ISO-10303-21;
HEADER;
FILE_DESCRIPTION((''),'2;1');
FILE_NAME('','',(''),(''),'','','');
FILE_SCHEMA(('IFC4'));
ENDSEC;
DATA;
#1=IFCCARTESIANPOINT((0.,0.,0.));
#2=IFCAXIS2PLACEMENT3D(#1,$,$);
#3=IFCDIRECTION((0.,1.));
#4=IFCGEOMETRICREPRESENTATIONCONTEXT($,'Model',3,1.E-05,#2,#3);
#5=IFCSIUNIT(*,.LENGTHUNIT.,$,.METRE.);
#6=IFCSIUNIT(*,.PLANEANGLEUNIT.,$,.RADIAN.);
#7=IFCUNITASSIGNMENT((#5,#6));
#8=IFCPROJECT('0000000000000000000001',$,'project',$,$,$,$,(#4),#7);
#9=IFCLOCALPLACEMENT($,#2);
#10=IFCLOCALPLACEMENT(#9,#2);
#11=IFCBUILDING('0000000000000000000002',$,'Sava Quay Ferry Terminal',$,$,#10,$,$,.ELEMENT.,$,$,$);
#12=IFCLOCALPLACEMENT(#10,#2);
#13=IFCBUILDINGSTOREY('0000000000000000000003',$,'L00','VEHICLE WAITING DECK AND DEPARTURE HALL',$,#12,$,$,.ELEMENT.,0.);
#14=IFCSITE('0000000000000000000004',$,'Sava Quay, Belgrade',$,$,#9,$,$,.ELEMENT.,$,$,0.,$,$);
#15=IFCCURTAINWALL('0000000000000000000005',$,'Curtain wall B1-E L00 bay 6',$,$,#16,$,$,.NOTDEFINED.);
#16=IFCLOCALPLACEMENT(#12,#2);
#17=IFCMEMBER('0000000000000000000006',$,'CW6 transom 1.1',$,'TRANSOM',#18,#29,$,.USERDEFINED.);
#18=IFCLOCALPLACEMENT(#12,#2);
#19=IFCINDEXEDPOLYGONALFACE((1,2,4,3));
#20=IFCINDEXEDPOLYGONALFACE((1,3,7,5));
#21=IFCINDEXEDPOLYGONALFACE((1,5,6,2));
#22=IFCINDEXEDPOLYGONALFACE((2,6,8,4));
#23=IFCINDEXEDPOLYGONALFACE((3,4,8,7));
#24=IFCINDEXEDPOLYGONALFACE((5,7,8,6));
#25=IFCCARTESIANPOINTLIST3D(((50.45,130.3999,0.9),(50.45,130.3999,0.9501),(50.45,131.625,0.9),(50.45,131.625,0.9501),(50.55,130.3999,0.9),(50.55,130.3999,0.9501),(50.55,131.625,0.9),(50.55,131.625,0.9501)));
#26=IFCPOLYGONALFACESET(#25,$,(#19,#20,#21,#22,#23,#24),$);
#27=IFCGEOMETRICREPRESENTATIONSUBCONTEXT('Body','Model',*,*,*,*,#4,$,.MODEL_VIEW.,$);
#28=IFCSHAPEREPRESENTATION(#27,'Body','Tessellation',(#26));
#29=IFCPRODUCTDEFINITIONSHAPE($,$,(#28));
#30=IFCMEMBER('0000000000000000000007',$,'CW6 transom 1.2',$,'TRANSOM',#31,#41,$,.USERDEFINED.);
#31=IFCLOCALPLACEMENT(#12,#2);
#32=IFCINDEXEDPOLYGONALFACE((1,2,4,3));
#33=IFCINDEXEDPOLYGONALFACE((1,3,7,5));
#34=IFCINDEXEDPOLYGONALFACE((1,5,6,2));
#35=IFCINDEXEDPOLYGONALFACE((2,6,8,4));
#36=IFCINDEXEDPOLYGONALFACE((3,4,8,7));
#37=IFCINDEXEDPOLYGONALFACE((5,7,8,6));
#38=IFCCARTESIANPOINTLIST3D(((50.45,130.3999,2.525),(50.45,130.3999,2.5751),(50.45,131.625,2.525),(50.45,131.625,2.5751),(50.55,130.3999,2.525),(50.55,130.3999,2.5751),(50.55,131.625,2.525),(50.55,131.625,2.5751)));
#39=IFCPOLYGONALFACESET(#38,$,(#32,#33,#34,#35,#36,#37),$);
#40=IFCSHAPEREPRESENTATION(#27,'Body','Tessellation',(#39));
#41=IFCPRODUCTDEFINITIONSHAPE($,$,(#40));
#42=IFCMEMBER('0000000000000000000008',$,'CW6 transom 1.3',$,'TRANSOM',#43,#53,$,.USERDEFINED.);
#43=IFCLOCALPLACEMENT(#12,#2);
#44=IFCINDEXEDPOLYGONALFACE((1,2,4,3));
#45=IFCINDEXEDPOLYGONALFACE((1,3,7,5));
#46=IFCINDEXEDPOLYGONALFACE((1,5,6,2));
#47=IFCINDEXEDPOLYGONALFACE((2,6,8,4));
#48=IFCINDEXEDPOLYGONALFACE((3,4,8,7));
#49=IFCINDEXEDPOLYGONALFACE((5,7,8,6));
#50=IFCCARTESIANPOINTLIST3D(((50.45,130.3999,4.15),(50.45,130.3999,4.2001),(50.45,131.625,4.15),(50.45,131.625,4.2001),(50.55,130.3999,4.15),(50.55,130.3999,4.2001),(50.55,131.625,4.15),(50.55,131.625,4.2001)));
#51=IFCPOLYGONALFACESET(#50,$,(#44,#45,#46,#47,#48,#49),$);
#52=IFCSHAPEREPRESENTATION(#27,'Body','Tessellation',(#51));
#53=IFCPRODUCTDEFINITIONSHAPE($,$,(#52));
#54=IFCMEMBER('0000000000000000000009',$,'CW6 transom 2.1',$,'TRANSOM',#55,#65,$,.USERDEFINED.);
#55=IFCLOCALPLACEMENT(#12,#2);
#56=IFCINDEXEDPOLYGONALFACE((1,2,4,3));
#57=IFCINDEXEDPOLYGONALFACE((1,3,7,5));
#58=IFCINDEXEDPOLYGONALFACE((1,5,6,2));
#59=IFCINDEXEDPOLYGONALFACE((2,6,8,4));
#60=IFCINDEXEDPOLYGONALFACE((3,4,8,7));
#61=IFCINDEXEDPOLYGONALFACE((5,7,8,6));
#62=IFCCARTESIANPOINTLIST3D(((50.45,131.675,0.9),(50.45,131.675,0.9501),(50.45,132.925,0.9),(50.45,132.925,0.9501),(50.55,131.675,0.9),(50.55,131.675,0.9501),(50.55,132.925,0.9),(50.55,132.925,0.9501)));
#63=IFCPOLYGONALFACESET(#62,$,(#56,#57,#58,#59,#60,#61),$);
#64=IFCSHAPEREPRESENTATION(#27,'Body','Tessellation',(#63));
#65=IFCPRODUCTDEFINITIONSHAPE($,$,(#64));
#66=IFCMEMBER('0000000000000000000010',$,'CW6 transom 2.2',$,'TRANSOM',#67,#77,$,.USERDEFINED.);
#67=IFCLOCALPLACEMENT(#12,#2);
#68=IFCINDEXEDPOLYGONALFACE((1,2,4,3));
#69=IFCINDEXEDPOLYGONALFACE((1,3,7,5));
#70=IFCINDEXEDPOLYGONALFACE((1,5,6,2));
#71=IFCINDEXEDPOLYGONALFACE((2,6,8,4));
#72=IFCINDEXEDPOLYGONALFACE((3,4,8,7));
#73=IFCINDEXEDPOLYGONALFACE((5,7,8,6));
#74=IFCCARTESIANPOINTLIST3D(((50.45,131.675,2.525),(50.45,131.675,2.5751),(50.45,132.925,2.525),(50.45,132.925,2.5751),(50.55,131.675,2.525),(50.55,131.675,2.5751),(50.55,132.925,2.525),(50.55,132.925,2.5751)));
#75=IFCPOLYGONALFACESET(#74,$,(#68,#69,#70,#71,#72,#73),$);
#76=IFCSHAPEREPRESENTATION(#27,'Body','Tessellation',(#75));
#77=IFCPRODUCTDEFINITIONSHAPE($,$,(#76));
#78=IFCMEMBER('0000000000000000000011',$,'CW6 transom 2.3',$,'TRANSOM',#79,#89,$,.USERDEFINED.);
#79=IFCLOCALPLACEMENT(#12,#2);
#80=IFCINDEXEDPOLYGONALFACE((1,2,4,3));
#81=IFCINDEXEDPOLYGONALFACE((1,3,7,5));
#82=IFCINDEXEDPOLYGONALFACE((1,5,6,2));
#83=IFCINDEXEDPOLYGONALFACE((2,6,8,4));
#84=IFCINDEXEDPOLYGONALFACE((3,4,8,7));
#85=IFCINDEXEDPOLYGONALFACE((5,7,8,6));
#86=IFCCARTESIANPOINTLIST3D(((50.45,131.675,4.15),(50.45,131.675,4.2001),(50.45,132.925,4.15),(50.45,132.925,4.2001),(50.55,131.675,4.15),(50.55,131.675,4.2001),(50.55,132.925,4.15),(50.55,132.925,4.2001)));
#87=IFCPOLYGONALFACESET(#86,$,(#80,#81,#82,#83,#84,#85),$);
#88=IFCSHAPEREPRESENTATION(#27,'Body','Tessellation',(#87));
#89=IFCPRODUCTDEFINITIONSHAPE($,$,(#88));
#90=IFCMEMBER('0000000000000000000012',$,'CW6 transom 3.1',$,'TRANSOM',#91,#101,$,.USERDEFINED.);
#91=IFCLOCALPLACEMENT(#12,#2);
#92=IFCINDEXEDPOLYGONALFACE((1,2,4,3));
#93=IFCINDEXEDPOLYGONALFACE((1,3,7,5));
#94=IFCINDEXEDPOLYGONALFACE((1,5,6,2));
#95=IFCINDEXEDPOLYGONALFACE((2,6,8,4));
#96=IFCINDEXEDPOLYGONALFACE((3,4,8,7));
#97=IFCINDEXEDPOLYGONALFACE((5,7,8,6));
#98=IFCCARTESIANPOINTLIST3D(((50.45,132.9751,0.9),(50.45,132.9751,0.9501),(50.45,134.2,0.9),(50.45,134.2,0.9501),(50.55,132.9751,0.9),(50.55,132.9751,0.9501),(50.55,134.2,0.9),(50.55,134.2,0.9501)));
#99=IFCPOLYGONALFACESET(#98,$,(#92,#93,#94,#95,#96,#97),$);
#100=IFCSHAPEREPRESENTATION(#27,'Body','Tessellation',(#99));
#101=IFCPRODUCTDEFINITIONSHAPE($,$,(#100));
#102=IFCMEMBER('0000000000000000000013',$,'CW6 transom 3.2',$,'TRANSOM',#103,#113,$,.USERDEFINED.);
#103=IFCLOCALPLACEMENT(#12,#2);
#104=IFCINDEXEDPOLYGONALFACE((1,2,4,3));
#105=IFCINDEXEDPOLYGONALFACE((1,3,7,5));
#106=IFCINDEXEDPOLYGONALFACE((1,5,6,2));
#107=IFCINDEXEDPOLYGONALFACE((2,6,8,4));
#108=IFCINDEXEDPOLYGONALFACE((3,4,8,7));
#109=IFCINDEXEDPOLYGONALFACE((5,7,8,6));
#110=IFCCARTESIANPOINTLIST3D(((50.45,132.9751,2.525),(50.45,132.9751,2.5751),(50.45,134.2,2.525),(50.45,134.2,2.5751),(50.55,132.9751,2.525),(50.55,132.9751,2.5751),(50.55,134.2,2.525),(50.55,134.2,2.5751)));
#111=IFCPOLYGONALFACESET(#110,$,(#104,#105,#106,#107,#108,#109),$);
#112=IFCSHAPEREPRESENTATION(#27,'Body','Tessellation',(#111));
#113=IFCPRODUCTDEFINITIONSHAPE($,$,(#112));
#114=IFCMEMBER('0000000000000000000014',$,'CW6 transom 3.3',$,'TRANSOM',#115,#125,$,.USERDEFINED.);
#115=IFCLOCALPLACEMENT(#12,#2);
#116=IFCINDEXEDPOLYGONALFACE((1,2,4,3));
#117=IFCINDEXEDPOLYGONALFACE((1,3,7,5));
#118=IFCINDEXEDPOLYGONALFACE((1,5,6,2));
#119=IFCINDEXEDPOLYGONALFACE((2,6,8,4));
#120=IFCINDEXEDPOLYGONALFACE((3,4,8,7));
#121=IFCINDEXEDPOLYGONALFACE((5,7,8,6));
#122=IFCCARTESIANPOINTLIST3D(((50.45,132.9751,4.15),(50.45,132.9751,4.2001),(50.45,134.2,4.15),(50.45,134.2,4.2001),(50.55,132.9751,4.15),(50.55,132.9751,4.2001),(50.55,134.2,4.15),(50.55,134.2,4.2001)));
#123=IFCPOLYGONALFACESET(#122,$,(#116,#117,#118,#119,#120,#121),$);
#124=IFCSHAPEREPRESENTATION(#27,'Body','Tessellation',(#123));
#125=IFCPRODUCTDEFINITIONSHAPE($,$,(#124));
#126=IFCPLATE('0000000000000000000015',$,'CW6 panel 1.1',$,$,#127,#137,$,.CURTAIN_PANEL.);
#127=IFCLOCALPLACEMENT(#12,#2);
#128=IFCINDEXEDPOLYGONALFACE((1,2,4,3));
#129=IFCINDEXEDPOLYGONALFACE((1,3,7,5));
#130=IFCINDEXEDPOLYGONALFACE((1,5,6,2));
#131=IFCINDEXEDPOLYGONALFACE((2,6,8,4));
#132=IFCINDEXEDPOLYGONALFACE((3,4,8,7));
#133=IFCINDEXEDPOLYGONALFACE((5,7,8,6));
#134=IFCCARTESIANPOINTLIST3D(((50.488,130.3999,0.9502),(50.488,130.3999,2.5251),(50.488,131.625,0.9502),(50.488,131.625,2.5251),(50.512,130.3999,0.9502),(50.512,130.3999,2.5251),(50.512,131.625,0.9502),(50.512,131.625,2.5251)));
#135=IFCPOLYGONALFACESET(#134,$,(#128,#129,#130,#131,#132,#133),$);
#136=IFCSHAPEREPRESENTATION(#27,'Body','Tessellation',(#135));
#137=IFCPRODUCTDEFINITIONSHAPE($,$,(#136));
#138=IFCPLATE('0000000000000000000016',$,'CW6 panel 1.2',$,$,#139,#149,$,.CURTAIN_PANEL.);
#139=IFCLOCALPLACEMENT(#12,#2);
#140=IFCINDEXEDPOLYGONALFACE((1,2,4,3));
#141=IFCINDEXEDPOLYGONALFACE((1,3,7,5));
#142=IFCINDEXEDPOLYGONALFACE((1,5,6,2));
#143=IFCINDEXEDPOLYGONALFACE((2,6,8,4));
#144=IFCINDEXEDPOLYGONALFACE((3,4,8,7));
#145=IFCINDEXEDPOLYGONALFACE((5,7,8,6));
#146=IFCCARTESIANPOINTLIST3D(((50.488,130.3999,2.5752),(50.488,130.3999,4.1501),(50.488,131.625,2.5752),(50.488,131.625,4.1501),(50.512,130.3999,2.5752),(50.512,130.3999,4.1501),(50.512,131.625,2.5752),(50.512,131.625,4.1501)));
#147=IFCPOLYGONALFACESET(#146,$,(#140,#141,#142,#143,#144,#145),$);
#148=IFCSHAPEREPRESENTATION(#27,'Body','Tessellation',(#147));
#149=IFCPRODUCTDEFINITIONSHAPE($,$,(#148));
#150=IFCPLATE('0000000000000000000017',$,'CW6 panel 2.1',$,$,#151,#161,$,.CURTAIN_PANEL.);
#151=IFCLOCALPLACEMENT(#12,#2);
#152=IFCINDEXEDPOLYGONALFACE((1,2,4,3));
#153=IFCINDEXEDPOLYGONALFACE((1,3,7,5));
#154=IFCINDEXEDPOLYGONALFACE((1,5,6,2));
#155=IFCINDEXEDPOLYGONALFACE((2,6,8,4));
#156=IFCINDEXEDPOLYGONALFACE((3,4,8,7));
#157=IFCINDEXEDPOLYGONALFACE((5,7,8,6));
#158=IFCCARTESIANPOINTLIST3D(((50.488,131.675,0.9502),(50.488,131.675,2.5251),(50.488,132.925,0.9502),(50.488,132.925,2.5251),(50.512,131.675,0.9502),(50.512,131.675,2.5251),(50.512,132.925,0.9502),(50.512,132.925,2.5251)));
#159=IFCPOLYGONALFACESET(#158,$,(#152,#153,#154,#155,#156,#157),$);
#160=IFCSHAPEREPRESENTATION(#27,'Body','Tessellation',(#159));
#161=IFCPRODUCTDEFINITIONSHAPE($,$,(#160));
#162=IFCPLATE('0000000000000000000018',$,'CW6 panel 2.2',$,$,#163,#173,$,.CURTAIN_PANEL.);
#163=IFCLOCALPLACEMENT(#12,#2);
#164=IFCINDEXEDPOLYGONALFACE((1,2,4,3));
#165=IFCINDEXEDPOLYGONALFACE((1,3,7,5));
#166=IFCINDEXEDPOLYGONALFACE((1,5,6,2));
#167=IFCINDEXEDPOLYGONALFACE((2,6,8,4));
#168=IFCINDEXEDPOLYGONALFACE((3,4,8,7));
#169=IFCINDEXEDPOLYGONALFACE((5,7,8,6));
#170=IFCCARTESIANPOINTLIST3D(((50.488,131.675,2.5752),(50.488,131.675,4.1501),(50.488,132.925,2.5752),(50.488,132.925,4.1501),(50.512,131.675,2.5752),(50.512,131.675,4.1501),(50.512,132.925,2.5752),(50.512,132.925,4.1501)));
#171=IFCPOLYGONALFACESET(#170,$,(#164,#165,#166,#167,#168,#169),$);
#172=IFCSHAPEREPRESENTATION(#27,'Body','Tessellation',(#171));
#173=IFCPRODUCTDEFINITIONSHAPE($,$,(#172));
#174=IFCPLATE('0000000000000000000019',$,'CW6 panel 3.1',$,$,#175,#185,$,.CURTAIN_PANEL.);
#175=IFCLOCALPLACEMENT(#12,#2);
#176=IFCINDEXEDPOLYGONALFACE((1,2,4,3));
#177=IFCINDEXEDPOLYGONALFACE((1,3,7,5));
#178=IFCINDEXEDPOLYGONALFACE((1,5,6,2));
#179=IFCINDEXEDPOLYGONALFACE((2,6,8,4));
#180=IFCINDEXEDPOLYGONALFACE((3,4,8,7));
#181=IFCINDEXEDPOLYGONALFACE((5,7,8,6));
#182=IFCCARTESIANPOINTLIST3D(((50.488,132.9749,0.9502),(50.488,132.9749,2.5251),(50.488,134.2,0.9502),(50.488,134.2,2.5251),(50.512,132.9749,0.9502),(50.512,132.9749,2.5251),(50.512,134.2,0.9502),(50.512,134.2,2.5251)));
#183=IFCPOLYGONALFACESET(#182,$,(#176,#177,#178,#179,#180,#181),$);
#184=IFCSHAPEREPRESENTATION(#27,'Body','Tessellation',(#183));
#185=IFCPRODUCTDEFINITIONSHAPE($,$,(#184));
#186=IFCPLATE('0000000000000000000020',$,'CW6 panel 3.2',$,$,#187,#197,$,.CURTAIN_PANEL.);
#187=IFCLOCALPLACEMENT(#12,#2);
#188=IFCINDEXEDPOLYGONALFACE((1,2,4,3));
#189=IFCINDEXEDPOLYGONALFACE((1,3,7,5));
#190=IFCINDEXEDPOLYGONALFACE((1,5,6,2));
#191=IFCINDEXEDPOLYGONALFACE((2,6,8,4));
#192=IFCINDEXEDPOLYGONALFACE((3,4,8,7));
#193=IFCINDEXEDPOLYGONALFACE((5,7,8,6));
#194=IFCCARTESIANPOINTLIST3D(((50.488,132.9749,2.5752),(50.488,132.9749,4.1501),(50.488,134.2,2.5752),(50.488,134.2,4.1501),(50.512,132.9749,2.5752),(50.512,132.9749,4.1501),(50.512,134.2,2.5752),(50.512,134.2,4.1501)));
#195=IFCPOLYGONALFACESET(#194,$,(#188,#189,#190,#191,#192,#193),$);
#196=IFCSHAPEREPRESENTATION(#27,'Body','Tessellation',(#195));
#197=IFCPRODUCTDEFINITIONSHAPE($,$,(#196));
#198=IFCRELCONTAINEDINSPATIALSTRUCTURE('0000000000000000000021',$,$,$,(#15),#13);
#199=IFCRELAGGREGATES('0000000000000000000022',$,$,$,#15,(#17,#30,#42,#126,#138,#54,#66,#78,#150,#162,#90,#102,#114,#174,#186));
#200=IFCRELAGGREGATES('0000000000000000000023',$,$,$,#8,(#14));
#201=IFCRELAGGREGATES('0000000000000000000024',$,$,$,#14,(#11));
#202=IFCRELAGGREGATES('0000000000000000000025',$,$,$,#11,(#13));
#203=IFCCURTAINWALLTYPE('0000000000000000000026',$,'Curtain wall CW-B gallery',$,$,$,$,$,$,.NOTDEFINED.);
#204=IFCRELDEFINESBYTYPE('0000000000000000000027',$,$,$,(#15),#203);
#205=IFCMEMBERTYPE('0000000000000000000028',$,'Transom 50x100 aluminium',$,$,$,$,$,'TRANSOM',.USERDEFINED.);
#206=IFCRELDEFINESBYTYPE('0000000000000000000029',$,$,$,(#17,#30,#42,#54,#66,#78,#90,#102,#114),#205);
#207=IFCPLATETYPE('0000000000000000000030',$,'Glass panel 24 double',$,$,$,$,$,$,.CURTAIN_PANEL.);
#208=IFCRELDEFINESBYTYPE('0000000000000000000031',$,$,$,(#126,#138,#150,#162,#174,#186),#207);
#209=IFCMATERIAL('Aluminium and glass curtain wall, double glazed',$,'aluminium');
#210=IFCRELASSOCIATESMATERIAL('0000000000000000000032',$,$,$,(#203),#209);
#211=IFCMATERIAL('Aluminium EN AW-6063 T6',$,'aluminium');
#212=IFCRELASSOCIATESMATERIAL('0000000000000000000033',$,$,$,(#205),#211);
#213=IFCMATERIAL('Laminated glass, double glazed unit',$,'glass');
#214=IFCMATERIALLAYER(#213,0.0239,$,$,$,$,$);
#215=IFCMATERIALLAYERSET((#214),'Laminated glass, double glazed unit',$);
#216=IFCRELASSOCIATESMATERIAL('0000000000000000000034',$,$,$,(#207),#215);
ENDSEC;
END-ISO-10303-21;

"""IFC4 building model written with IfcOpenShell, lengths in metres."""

from ifc_helpers import new_model, si_unit, direction, frame, origin, origin_2d, place, context, subcontext, project, spatial, rectangle, extrude, material, layer, layer_set, material_profile, profile_set, type_object, element, aggregate, save


model = new_model("IFC4")

# Units and contexts
model_context = context("Model", 3, precision=1e-05, world=origin(), true_north=direction((0.0, 1.0)))
body_context = subcontext(model_context, "Body", "Model", "MODEL_VIEW")
ifc_project = project(units=[si_unit("LENGTHUNIT", "METRE"), si_unit("PLANEANGLEUNIT", "RADIAN")], contexts=[model_context])

# Site, building, storey
site_placement = place(None, origin())
site = spatial("IfcSite", under=ifc_project, at=site_placement, Name="Sava Quay, Belgrade", CompositionType="ELEMENT", RefElevation=0.0)
building_placement = place(site_placement, origin())
building = spatial("IfcBuilding", under=site, at=building_placement, Name="Sava Quay Ferry Terminal", CompositionType="ELEMENT")
storey_placement = place(building_placement, origin())
storey = spatial("IfcBuildingStorey", under=building, at=storey_placement, Name="L00", Description="VEHICLE WAITING DECK AND DEPARTURE HALL", CompositionType="ELEMENT", Elevation=0.0)

# Curtain wall, members, plates
ifc_material_1 = material(Name="Aluminium and glass curtain wall, double glazed", Category="aluminium")
curtain_wall_type = type_object("IfcCurtainWallType", Name="Curtain wall CW-B gallery", PredefinedType="NOTDEFINED", material=ifc_material_1)
curtain_wall_placement = place(storey_placement, origin())
curtain_wall = element("IfcCurtainWall", 1, at=curtain_wall_placement, inside=storey, type_object=curtain_wall_type, Name="Curtain wall B1-E L00 bay 6", PredefinedType="NOTDEFINED")
ifc_material_2 = material(Name="Aluminium EN AW-6063 T6", Category="aluminium")
ifc_material_profile_1 = material_profile(ifc_material_2, rectangle(XDim=0.1001, YDim=0.05, at=origin_2d()), Name="Transom 50x100 aluminium")
ifc_profile_set_1 = profile_set([ifc_material_profile_1], Name="Aluminium EN AW-6063 T6")
member_type_1 = type_object("IfcMemberType", Name="Transom 50x100 aluminium", ElementType="TRANSOM", PredefinedType="USERDEFINED", material=ifc_profile_set_1)
member_1_placement = place(storey_placement, frame((50.5, 130.3999, 0.925), z_axis=(0.0, 1.0, 0.0), x_axis=(-1.0, 0.0, 0.0)))
member_1 = element("IfcMember", 2, at=member_1_placement, type_object=member_type_1, Name="CW6 transom 1.1", ObjectType="TRANSOM", PredefinedType="USERDEFINED", context=body_context, shape_type="SweptSolid", body=[
    extrude(rectangle(XDim=0.1001, YDim=0.05, at=origin_2d()), origin(), (0.0, 0.0, 1.0), 1.2251),
])
member_2_placement = place(storey_placement, frame((50.5, 130.3999, 2.55), z_axis=(0.0, 1.0, 0.0), x_axis=(-1.0, 0.0, 0.0)))
member_2 = element("IfcMember", 3, at=member_2_placement, type_object=member_type_1, Name="CW6 transom 1.2", ObjectType="TRANSOM", PredefinedType="USERDEFINED", context=body_context, shape_type="SweptSolid", body=[
    extrude(rectangle(XDim=0.1001, YDim=0.05, at=origin_2d()), origin(), (0.0, 0.0, 1.0), 1.2251),
])
member_3_placement = place(storey_placement, frame((50.5, 130.3999, 4.175), z_axis=(0.0, 1.0, 0.0), x_axis=(-1.0, 0.0, 0.0)))
member_3 = element("IfcMember", 4, at=member_3_placement, type_object=member_type_1, Name="CW6 transom 1.3", ObjectType="TRANSOM", PredefinedType="USERDEFINED", context=body_context, shape_type="SweptSolid", body=[
    extrude(rectangle(XDim=0.1001, YDim=0.05, at=origin_2d()), origin(), (0.0, 0.0, 1.0), 1.2251),
])
member_4_placement = place(storey_placement, frame((50.5, 131.675, 0.925), z_axis=(0.0, 1.0, 0.0), x_axis=(-1.0, 0.0, 0.0)))
member_4 = element("IfcMember", 5, at=member_4_placement, type_object=member_type_1, Name="CW6 transom 2.1", ObjectType="TRANSOM", PredefinedType="USERDEFINED", context=body_context, shape_type="SweptSolid", body=[
    extrude(rectangle(XDim=0.1001, YDim=0.05, at=origin_2d()), origin(), (0.0, 0.0, 1.0), 1.25),
])
member_5_placement = place(storey_placement, frame((50.5, 131.675, 2.55), z_axis=(0.0, 1.0, 0.0), x_axis=(-1.0, 0.0, 0.0)))
member_5 = element("IfcMember", 6, at=member_5_placement, type_object=member_type_1, Name="CW6 transom 2.2", ObjectType="TRANSOM", PredefinedType="USERDEFINED", context=body_context, shape_type="SweptSolid", body=[
    extrude(rectangle(XDim=0.1001, YDim=0.05, at=origin_2d()), origin(), (0.0, 0.0, 1.0), 1.25),
])
member_6_placement = place(storey_placement, frame((50.5, 131.675, 4.175), z_axis=(0.0, 1.0, 0.0), x_axis=(-1.0, 0.0, 0.0)))
member_6 = element("IfcMember", 7, at=member_6_placement, type_object=member_type_1, Name="CW6 transom 2.3", ObjectType="TRANSOM", PredefinedType="USERDEFINED", context=body_context, shape_type="SweptSolid", body=[
    extrude(rectangle(XDim=0.1001, YDim=0.05, at=origin_2d()), origin(), (0.0, 0.0, 1.0), 1.25),
])
member_7_placement = place(storey_placement, frame((50.5, 132.9751, 0.925), z_axis=(0.0, 1.0, 0.0), x_axis=(-1.0, 0.0, 0.0)))
member_7 = element("IfcMember", 8, at=member_7_placement, type_object=member_type_1, Name="CW6 transom 3.1", ObjectType="TRANSOM", PredefinedType="USERDEFINED", context=body_context, shape_type="SweptSolid", body=[
    extrude(rectangle(XDim=0.1001, YDim=0.05, at=origin_2d()), origin(), (0.0, 0.0, 1.0), 1.2249),
])
member_8_placement = place(storey_placement, frame((50.5, 132.9751, 2.55), z_axis=(0.0, 1.0, 0.0), x_axis=(-1.0, 0.0, 0.0)))
member_8 = element("IfcMember", 9, at=member_8_placement, type_object=member_type_1, Name="CW6 transom 3.2", ObjectType="TRANSOM", PredefinedType="USERDEFINED", context=body_context, shape_type="SweptSolid", body=[
    extrude(rectangle(XDim=0.1001, YDim=0.05, at=origin_2d()), origin(), (0.0, 0.0, 1.0), 1.2249),
])
member_9_placement = place(storey_placement, frame((50.5, 132.9751, 4.175), z_axis=(0.0, 1.0, 0.0), x_axis=(-1.0, 0.0, 0.0)))
member_9 = element("IfcMember", 10, at=member_9_placement, type_object=member_type_1, Name="CW6 transom 3.3", ObjectType="TRANSOM", PredefinedType="USERDEFINED", context=body_context, shape_type="SweptSolid", body=[
    extrude(rectangle(XDim=0.1001, YDim=0.05, at=origin_2d()), origin(), (0.0, 0.0, 1.0), 1.2249),
])
ifc_material_3 = material(Name="Laminated glass, double glazed unit", Category="glass")
ifc_layer_1 = layer(ifc_material_3, 0.0239)
ifc_layer_set_1 = layer_set([ifc_layer_1], Name="Laminated glass, double glazed unit")
plate_type = type_object("IfcPlateType", Name="Glass panel 24 double", PredefinedType="CURTAIN_PANEL", material=ifc_layer_set_1)
plate_1_placement = place(storey_placement, frame((50.5, 131.0125, 0.9502), z_axis=(0.0, 0.0, 1.0), x_axis=(0.0, 1.0, 0.0)))
plate_1 = element("IfcPlate", 11, at=plate_1_placement, type_object=plate_type, Name="CW6 panel 1.1", PredefinedType="CURTAIN_PANEL", context=body_context, shape_type="SweptSolid", body=[
    extrude(rectangle(XDim=1.2251, YDim=0.0239, at=origin_2d()), origin(), (0.0, 0.0, 1.0), 1.575),
])
plate_2_placement = place(storey_placement, frame((50.5, 131.0125, 2.5752), z_axis=(0.0, 0.0, 1.0), x_axis=(0.0, 1.0, 0.0)))
plate_2 = element("IfcPlate", 12, at=plate_2_placement, type_object=plate_type, Name="CW6 panel 1.2", PredefinedType="CURTAIN_PANEL", context=body_context, shape_type="SweptSolid", body=[
    extrude(rectangle(XDim=1.2251, YDim=0.0239, at=origin_2d()), origin(), (0.0, 0.0, 1.0), 1.575),
])
plate_3_placement = place(storey_placement, frame((50.5, 132.3, 0.9502), z_axis=(0.0, 0.0, 1.0), x_axis=(0.0, 1.0, 0.0)))
plate_3 = element("IfcPlate", 13, at=plate_3_placement, type_object=plate_type, Name="CW6 panel 2.1", PredefinedType="CURTAIN_PANEL", context=body_context, shape_type="SweptSolid", body=[
    extrude(rectangle(XDim=1.25, YDim=0.0239, at=origin_2d()), origin(), (0.0, 0.0, 1.0), 1.575),
])
plate_4_placement = place(storey_placement, frame((50.5, 132.3, 2.5752), z_axis=(0.0, 0.0, 1.0), x_axis=(0.0, 1.0, 0.0)))
plate_4 = element("IfcPlate", 14, at=plate_4_placement, type_object=plate_type, Name="CW6 panel 2.2", PredefinedType="CURTAIN_PANEL", context=body_context, shape_type="SweptSolid", body=[
    extrude(rectangle(XDim=1.25, YDim=0.0239, at=origin_2d()), origin(), (0.0, 0.0, 1.0), 1.575),
])
plate_5_placement = place(storey_placement, frame((50.5, 133.5874, 0.9502), z_axis=(0.0, 0.0, 1.0), x_axis=(0.0, 1.0, 0.0)))
plate_5 = element("IfcPlate", 15, at=plate_5_placement, type_object=plate_type, Name="CW6 panel 3.1", PredefinedType="CURTAIN_PANEL", context=body_context, shape_type="SweptSolid", body=[
    extrude(rectangle(XDim=1.2251, YDim=0.0239, at=origin_2d()), origin(), (0.0, 0.0, 1.0), 1.575),
])
plate_6_placement = place(storey_placement, frame((50.5, 133.5874, 2.5752), z_axis=(0.0, 0.0, 1.0), x_axis=(0.0, 1.0, 0.0)))
plate_6 = element("IfcPlate", 16, at=plate_6_placement, type_object=plate_type, Name="CW6 panel 3.2", PredefinedType="CURTAIN_PANEL", context=body_context, shape_type="SweptSolid", body=[
    extrude(rectangle(XDim=1.2251, YDim=0.0239, at=origin_2d()), origin(), (0.0, 0.0, 1.0), 1.575),
])
aggregate(curtain_wall, [member_1, member_2, member_3, plate_1, plate_2, member_4, member_5, member_6, plate_3, plate_4, member_7, member_8, member_9, plate_5, plate_6])

save(model, "model.ifc")
